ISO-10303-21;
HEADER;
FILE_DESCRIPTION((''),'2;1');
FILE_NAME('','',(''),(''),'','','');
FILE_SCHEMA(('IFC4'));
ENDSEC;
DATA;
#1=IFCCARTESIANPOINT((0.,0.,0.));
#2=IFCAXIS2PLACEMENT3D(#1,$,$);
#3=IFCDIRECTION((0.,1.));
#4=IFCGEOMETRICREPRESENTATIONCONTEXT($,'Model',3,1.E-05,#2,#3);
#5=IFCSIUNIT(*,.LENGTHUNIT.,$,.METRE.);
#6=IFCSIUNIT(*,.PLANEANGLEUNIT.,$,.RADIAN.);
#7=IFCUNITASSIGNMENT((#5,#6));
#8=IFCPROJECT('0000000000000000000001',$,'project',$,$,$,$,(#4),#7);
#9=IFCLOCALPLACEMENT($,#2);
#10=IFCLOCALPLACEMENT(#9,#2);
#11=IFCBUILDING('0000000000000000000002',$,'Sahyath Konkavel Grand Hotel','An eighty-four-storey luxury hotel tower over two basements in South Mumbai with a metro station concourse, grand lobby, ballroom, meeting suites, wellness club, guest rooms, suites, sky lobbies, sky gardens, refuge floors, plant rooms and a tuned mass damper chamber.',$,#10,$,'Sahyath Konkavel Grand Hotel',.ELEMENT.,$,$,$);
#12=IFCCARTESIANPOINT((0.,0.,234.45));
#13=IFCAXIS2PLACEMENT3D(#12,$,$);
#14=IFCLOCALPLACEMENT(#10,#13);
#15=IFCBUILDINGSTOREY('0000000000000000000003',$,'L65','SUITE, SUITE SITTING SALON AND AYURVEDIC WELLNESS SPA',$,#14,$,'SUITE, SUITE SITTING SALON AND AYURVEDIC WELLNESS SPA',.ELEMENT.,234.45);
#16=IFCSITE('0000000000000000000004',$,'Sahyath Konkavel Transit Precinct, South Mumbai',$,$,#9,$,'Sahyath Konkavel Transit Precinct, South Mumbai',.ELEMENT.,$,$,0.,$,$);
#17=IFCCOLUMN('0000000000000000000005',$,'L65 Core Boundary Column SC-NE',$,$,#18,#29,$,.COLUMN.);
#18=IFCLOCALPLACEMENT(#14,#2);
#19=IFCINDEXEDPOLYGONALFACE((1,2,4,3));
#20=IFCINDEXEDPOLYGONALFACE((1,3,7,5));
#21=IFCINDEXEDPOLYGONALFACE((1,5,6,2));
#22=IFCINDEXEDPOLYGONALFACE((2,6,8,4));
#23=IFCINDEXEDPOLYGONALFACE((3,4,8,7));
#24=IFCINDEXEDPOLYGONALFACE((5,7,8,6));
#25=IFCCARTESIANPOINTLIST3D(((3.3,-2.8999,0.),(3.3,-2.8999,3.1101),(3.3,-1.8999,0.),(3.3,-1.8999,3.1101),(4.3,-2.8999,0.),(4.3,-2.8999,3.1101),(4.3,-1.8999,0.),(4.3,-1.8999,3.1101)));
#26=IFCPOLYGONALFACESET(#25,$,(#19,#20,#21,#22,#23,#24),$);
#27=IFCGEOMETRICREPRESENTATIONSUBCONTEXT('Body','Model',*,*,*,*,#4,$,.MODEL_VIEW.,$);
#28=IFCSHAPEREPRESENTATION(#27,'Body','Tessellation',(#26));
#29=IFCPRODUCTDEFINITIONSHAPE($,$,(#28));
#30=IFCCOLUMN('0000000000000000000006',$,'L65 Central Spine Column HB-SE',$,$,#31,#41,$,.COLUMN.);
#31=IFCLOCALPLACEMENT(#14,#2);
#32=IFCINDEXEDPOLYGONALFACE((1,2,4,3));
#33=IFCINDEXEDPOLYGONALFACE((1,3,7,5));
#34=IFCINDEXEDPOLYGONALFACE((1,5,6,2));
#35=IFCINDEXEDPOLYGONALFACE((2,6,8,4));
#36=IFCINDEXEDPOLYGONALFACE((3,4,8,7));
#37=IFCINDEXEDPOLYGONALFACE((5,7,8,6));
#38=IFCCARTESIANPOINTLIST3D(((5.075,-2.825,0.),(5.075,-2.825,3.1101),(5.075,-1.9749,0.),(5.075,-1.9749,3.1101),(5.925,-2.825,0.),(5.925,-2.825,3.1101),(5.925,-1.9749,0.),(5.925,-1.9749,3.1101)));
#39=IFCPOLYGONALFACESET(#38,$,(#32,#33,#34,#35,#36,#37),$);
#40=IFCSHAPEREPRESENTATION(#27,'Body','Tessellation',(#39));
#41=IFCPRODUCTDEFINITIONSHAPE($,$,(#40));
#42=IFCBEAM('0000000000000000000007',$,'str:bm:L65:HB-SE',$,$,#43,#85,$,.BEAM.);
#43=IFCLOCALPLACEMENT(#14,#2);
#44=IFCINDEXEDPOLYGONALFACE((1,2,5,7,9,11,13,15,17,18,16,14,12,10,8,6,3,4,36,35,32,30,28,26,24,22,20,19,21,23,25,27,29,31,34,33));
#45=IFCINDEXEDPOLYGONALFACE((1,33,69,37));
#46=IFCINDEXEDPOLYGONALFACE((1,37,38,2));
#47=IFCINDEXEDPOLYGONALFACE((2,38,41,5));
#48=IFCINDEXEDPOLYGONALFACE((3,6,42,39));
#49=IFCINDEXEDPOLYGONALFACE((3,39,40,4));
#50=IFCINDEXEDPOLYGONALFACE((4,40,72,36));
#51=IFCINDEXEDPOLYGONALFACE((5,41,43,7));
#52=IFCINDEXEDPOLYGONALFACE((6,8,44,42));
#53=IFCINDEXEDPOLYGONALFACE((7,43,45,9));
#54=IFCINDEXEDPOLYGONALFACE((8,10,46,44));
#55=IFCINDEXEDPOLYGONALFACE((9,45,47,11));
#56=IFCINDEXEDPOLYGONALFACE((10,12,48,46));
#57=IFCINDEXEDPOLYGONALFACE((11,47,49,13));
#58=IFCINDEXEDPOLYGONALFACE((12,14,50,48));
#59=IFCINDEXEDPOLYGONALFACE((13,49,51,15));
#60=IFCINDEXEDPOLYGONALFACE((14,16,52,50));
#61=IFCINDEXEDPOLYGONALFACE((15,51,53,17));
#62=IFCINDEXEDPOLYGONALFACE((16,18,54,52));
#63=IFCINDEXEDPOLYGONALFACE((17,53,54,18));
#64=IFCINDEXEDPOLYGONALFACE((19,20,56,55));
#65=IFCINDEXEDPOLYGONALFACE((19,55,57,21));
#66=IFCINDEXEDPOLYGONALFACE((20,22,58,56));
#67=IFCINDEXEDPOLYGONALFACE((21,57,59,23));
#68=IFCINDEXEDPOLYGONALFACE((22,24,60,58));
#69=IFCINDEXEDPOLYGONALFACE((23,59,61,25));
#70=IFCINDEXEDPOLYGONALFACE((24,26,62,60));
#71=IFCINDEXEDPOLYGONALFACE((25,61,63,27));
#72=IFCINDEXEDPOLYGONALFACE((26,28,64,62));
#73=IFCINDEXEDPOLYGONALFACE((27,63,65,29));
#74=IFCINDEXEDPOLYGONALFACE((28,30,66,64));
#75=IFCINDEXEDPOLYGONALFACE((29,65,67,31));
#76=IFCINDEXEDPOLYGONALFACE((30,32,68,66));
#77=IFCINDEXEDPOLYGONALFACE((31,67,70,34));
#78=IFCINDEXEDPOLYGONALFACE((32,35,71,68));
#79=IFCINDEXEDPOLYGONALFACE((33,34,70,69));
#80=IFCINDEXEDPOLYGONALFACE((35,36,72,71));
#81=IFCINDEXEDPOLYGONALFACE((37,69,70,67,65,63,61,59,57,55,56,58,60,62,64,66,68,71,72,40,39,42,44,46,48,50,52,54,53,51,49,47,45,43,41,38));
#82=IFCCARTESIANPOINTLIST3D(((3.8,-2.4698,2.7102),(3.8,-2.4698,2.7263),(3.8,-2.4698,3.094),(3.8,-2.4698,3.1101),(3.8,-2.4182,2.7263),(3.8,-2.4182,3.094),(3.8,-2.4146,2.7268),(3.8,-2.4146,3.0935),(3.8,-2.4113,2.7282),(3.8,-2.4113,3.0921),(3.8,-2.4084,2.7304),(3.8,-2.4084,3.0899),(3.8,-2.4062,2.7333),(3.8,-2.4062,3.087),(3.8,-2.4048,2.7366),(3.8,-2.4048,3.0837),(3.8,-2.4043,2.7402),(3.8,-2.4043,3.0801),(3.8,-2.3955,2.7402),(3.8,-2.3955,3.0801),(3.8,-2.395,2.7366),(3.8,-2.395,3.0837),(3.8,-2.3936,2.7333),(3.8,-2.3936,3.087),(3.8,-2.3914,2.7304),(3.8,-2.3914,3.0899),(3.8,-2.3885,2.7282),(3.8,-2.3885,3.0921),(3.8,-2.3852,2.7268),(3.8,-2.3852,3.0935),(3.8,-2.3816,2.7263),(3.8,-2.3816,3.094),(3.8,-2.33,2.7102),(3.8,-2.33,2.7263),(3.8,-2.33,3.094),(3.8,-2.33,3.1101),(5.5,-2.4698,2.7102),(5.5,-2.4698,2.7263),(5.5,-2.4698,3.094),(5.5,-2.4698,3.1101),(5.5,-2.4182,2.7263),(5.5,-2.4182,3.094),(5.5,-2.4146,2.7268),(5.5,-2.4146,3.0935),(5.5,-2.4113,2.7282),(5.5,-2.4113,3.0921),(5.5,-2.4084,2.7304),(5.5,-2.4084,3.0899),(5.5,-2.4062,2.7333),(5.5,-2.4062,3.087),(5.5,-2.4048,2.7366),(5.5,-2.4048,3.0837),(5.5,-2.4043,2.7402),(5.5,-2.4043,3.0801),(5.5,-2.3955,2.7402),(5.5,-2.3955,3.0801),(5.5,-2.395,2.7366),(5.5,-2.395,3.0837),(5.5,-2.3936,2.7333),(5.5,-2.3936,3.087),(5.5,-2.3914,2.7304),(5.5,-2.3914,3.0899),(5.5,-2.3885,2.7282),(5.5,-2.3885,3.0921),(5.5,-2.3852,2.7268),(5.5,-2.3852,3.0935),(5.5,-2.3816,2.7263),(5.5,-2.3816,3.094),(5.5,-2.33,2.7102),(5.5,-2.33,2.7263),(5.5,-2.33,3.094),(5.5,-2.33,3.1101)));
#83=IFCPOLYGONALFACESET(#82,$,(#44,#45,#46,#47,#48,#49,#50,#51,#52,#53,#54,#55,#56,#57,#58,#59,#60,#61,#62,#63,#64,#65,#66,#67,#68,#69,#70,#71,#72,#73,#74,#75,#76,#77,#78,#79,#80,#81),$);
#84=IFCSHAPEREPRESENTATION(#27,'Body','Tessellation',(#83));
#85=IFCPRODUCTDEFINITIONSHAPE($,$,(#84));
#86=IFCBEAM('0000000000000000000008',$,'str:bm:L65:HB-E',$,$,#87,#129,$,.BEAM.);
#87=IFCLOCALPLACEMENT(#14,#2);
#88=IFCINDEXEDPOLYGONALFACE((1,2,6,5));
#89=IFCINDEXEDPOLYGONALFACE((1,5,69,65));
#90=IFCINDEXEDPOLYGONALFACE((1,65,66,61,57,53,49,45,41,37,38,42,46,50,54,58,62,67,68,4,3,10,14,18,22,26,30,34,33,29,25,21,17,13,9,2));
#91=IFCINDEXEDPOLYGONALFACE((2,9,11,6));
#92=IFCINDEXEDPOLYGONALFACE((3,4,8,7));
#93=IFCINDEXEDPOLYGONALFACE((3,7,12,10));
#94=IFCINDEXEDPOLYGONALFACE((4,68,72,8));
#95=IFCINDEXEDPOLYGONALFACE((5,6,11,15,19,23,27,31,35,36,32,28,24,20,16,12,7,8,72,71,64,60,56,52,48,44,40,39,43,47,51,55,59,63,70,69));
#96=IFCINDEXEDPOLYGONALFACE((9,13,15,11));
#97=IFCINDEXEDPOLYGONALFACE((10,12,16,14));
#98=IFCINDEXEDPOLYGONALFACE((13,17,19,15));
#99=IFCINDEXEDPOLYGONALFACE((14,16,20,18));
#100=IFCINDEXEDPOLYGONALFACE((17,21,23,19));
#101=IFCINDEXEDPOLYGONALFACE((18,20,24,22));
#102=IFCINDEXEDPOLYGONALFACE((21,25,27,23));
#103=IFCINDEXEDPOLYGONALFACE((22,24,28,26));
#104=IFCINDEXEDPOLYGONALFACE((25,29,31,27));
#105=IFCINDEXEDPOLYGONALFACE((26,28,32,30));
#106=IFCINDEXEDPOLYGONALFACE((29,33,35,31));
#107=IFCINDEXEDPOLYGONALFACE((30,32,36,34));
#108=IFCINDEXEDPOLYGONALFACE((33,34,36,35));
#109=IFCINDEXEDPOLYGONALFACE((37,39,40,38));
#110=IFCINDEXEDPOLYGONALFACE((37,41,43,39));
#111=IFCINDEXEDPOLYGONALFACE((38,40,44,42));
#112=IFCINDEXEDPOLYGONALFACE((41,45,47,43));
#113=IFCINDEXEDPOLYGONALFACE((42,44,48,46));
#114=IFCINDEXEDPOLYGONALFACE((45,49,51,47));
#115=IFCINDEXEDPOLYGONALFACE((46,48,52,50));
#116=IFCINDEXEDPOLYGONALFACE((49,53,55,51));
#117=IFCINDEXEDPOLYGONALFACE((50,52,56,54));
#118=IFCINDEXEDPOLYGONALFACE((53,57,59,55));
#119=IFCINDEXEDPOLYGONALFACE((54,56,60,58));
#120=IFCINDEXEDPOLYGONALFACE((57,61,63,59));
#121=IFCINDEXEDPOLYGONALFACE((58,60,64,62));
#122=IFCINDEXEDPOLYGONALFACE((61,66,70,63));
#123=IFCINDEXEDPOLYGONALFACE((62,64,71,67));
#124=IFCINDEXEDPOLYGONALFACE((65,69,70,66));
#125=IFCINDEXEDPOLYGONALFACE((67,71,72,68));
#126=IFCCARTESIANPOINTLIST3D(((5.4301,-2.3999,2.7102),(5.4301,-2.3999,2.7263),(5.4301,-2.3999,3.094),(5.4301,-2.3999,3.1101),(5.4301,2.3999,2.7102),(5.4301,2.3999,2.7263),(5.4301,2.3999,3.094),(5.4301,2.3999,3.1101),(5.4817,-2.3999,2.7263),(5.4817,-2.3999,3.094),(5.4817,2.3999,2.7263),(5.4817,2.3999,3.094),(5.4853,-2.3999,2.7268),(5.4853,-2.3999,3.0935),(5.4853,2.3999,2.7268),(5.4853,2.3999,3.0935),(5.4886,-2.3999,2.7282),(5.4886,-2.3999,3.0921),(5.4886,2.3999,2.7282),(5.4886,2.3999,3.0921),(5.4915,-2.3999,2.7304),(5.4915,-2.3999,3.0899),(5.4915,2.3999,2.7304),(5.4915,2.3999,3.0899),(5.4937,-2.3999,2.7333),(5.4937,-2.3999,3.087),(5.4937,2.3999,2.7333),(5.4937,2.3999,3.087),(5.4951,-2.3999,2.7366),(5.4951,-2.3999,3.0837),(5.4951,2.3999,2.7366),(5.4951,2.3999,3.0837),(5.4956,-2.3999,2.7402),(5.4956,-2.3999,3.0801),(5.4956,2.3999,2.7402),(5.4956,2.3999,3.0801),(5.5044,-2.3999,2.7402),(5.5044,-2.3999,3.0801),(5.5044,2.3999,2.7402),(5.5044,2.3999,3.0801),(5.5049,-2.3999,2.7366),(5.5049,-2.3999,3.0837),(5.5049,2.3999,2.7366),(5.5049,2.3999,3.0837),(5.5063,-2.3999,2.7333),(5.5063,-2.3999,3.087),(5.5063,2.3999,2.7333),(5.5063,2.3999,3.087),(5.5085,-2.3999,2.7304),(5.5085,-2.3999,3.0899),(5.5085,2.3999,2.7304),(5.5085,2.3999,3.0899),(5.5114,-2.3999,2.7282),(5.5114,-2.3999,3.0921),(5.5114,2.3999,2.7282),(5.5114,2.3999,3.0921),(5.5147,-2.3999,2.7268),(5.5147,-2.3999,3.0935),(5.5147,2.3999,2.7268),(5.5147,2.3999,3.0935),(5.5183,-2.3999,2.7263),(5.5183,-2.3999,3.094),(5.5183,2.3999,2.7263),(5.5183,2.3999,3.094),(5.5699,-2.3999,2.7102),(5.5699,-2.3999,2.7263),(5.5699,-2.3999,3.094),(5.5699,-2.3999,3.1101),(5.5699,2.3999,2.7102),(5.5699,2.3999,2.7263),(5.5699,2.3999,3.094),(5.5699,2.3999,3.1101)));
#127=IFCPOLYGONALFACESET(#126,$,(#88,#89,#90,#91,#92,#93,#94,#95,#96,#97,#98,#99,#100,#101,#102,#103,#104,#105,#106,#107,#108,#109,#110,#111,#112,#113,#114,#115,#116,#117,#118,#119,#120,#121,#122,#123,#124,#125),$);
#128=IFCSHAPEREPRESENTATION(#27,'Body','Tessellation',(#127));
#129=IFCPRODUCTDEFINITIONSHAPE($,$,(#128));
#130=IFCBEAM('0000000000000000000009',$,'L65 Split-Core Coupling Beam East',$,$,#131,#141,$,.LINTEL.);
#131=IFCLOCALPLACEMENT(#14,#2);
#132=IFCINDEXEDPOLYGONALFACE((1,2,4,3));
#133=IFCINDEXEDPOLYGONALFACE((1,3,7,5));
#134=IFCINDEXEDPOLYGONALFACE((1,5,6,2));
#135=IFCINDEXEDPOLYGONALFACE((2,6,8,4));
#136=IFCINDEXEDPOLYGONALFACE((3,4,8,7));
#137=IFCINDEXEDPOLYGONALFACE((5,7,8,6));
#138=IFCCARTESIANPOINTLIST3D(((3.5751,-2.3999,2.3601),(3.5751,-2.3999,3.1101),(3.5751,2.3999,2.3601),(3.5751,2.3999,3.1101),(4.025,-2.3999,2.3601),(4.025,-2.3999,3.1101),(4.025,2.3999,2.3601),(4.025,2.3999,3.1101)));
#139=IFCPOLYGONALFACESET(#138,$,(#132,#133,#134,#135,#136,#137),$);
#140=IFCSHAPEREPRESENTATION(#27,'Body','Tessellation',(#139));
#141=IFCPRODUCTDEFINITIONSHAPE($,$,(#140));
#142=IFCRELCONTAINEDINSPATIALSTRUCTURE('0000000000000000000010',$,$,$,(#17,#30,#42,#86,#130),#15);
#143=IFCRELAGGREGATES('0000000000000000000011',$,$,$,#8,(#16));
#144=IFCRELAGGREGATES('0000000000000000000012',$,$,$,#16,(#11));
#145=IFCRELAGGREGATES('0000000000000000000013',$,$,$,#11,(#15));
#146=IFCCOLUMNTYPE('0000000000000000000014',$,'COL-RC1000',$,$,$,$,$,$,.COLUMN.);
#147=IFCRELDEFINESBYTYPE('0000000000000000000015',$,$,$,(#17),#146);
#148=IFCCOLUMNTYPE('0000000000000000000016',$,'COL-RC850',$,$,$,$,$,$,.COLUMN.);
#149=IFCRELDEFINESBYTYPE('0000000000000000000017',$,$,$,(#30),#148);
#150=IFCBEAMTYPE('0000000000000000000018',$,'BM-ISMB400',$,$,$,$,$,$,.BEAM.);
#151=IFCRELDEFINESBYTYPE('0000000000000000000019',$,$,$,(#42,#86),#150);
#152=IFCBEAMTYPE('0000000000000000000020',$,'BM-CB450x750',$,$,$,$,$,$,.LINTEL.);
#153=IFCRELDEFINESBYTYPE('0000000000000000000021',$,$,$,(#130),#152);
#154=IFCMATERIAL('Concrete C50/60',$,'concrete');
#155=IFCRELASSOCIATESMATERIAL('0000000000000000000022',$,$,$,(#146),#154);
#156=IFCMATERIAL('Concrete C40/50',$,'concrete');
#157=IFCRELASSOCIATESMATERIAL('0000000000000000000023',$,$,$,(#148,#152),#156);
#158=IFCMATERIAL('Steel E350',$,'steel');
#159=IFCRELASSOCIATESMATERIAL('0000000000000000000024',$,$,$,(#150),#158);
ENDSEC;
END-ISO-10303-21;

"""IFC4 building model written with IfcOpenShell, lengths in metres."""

from ifc_helpers import new_model, si_unit, direction, frame, origin, origin_2d, place, context, subcontext, project, spatial, rectangle, i_section, extrude, source, transform, mapped, material, material_profile, profile_set, type_object, element, save


model = new_model("IFC4")

# Units and contexts
model_context = context("Model", 3, precision=1e-05, world=origin(), true_north=direction((0.0, 1.0)))
body_context = subcontext(model_context, "Body", "Model", "MODEL_VIEW")
ifc_project = project(units=[si_unit("LENGTHUNIT", "METRE"), si_unit("PLANEANGLEUNIT", "RADIAN")], contexts=[model_context])

# Site, building, storey
site_placement = place(None, origin())
site = spatial("IfcSite", under=ifc_project, at=site_placement, Name="Sahyath Konkavel Transit Precinct, South Mumbai", LongName="Sahyath Konkavel Transit Precinct, South Mumbai", CompositionType="ELEMENT", RefElevation=0.0)
building_placement = place(site_placement, origin())
building = spatial("IfcBuilding", under=site, at=building_placement, Name="Sahyath Konkavel Grand Hotel", Description="An eighty-four-storey luxury hotel tower over two basements in South Mumbai with a metro station concourse, grand lobby, ballroom, meeting suites, wellness club, guest rooms, suites, sky lobbies, sky gardens, refuge floors, plant rooms and a tuned mass damper chamber.", LongName="Sahyath Konkavel Grand Hotel", CompositionType="ELEMENT")
storey_placement = place(building_placement, frame((0.0, 0.0, 234.45)))
storey = spatial("IfcBuildingStorey", under=building, at=storey_placement, Name="L65", Description="SUITE, SUITE SITTING SALON AND AYURVEDIC WELLNESS SPA", LongName="SUITE, SUITE SITTING SALON AND AYURVEDIC WELLNESS SPA", CompositionType="ELEMENT", Elevation=234.45)

# Columns
ifc_material_1 = material(Name="Concrete C50/60", Category="concrete")
ifc_material_profile_1 = material_profile(ifc_material_1, rectangle(XDim=1.0, YDim=1.0, at=origin_2d()), Name="RC 1000x1000")
ifc_profile_set_1 = profile_set([ifc_material_profile_1], Name="Concrete C50/60")
column_type_1 = type_object("IfcColumnType", Name="COL-RC1000", PredefinedType="COLUMN", material=ifc_profile_set_1)
shared_shape_1 = source(origin(), body_context, "Body", "SweptSolid", [
    extrude(rectangle(XDim=1.0, YDim=1.0, at=origin_2d()), origin(), (0.0, 0.0, 1.0), 3.1101),
])
column_1_placement = place(storey_placement, frame((3.8, -2.3999, 0.0), z_axis=(0.0, 0.0, 1.0), x_axis=(1.0, 0.0, 0.0)))
element("IfcColumn", 1, at=column_1_placement, inside=storey, type_object=column_type_1, Name="L65 Core Boundary Column SC-NE", PredefinedType="COLUMN", context=body_context, shape_type="MappedRepresentation", body=[
    mapped(shared_shape_1, transform((0.0, 0.0, 0.0), scale=1.0)),
])
ifc_material_2 = material(Name="Concrete C40/50", Category="concrete")
ifc_material_profile_2 = material_profile(ifc_material_2, rectangle(XDim=0.8501, YDim=0.8501, at=origin_2d()), Name="RC 850x850")
ifc_profile_set_2 = profile_set([ifc_material_profile_2], Name="Concrete C40/50")
column_type_2 = type_object("IfcColumnType", Name="COL-RC850", PredefinedType="COLUMN", material=ifc_profile_set_2)
shared_shape_2 = source(origin(), body_context, "Body", "SweptSolid", [
    extrude(rectangle(XDim=0.8501, YDim=0.8501, at=origin_2d()), origin(), (0.0, 0.0, 1.0), 3.1101),
])
column_2_placement = place(storey_placement, frame((5.5, -2.3999, 0.0), z_axis=(0.0, 0.0, 1.0), x_axis=(1.0, 0.0, 0.0)))
element("IfcColumn", 2, at=column_2_placement, inside=storey, type_object=column_type_2, Name="L65 Central Spine Column HB-SE", PredefinedType="COLUMN", context=body_context, shape_type="MappedRepresentation", body=[
    mapped(shared_shape_2, transform((0.0, 0.0, 0.0), scale=1.0)),
])

# Beams
ifc_material_3 = material(Name="Steel E350", Category="steel")
ifc_material_profile_3 = material_profile(ifc_material_3, i_section(OverallWidth=0.1399, OverallDepth=0.3999, WebThickness=0.0088, FlangeThickness=0.0161, FilletRadius=0.0139, at=origin_2d()), Name="ISMB 400")
ifc_profile_set_3 = profile_set([ifc_material_profile_3], Name="Steel E350")
beam_type_1 = type_object("IfcBeamType", Name="BM-ISMB400", PredefinedType="BEAM", material=ifc_profile_set_3)
shared_shape_3 = source(origin(), body_context, "Body", "SweptSolid", [
    extrude(i_section(OverallWidth=0.1399, OverallDepth=0.3999, WebThickness=0.0088, FlangeThickness=0.0161, FilletRadius=0.0139, at=origin_2d()), origin(), (0.0, 0.0, 1.0), 1.7),
])
beam_1_placement = place(storey_placement, frame((3.8, -2.3999, 2.9102), z_axis=(1.0, 0.0, 0.0), x_axis=(0.0, 1.0, 0.0)))
element("IfcBeam", 3, at=beam_1_placement, inside=storey, type_object=beam_type_1, Name="str:bm:L65:HB-SE", PredefinedType="BEAM", context=body_context, shape_type="MappedRepresentation", body=[
    mapped(shared_shape_3, transform((0.0, 0.0, 0.0), scale=1.0)),
])
shared_shape_4 = source(origin(), body_context, "Body", "SweptSolid", [
    extrude(i_section(OverallWidth=0.1399, OverallDepth=0.3999, WebThickness=0.0088, FlangeThickness=0.0161, FilletRadius=0.0139, at=origin_2d()), origin(), (0.0, 0.0, 1.0), 4.7998),
])
beam_2_placement = place(storey_placement, frame((5.5, -2.3999, 2.9102), z_axis=(0.0, 1.0, 0.0), x_axis=(-1.0, 0.0, 0.0)))
element("IfcBeam", 4, at=beam_2_placement, inside=storey, type_object=beam_type_1, Name="str:bm:L65:HB-E", PredefinedType="BEAM", context=body_context, shape_type="MappedRepresentation", body=[
    mapped(shared_shape_4, transform((0.0, 0.0, 0.0), scale=1.0)),
])
ifc_material_profile_4 = material_profile(ifc_material_2, rectangle(XDim=0.45, YDim=0.75, at=origin_2d()), Name="RC 450x750")
ifc_profile_set_4 = profile_set([ifc_material_profile_4], Name="Concrete C40/50")
beam_type_2 = type_object("IfcBeamType", Name="BM-CB450x750", PredefinedType="LINTEL", material=ifc_profile_set_4)
shared_shape_5 = source(origin(), body_context, "Body", "SweptSolid", [
    extrude(rectangle(XDim=0.45, YDim=0.75, at=origin_2d()), origin(), (0.0, 0.0, 1.0), 4.7998),
])
beam_3_placement = place(storey_placement, frame((3.8, -2.3999, 2.7351), z_axis=(0.0, 1.0, 0.0), x_axis=(-1.0, 0.0, 0.0)))
element("IfcBeam", 5, at=beam_3_placement, inside=storey, type_object=beam_type_2, Name="L65 Split-Core Coupling Beam East", PredefinedType="LINTEL", context=body_context, shape_type="MappedRepresentation", body=[
    mapped(shared_shape_5, transform((0.0, 0.0, 0.0), scale=1.0)),
])

save(model, "model.ifc")
